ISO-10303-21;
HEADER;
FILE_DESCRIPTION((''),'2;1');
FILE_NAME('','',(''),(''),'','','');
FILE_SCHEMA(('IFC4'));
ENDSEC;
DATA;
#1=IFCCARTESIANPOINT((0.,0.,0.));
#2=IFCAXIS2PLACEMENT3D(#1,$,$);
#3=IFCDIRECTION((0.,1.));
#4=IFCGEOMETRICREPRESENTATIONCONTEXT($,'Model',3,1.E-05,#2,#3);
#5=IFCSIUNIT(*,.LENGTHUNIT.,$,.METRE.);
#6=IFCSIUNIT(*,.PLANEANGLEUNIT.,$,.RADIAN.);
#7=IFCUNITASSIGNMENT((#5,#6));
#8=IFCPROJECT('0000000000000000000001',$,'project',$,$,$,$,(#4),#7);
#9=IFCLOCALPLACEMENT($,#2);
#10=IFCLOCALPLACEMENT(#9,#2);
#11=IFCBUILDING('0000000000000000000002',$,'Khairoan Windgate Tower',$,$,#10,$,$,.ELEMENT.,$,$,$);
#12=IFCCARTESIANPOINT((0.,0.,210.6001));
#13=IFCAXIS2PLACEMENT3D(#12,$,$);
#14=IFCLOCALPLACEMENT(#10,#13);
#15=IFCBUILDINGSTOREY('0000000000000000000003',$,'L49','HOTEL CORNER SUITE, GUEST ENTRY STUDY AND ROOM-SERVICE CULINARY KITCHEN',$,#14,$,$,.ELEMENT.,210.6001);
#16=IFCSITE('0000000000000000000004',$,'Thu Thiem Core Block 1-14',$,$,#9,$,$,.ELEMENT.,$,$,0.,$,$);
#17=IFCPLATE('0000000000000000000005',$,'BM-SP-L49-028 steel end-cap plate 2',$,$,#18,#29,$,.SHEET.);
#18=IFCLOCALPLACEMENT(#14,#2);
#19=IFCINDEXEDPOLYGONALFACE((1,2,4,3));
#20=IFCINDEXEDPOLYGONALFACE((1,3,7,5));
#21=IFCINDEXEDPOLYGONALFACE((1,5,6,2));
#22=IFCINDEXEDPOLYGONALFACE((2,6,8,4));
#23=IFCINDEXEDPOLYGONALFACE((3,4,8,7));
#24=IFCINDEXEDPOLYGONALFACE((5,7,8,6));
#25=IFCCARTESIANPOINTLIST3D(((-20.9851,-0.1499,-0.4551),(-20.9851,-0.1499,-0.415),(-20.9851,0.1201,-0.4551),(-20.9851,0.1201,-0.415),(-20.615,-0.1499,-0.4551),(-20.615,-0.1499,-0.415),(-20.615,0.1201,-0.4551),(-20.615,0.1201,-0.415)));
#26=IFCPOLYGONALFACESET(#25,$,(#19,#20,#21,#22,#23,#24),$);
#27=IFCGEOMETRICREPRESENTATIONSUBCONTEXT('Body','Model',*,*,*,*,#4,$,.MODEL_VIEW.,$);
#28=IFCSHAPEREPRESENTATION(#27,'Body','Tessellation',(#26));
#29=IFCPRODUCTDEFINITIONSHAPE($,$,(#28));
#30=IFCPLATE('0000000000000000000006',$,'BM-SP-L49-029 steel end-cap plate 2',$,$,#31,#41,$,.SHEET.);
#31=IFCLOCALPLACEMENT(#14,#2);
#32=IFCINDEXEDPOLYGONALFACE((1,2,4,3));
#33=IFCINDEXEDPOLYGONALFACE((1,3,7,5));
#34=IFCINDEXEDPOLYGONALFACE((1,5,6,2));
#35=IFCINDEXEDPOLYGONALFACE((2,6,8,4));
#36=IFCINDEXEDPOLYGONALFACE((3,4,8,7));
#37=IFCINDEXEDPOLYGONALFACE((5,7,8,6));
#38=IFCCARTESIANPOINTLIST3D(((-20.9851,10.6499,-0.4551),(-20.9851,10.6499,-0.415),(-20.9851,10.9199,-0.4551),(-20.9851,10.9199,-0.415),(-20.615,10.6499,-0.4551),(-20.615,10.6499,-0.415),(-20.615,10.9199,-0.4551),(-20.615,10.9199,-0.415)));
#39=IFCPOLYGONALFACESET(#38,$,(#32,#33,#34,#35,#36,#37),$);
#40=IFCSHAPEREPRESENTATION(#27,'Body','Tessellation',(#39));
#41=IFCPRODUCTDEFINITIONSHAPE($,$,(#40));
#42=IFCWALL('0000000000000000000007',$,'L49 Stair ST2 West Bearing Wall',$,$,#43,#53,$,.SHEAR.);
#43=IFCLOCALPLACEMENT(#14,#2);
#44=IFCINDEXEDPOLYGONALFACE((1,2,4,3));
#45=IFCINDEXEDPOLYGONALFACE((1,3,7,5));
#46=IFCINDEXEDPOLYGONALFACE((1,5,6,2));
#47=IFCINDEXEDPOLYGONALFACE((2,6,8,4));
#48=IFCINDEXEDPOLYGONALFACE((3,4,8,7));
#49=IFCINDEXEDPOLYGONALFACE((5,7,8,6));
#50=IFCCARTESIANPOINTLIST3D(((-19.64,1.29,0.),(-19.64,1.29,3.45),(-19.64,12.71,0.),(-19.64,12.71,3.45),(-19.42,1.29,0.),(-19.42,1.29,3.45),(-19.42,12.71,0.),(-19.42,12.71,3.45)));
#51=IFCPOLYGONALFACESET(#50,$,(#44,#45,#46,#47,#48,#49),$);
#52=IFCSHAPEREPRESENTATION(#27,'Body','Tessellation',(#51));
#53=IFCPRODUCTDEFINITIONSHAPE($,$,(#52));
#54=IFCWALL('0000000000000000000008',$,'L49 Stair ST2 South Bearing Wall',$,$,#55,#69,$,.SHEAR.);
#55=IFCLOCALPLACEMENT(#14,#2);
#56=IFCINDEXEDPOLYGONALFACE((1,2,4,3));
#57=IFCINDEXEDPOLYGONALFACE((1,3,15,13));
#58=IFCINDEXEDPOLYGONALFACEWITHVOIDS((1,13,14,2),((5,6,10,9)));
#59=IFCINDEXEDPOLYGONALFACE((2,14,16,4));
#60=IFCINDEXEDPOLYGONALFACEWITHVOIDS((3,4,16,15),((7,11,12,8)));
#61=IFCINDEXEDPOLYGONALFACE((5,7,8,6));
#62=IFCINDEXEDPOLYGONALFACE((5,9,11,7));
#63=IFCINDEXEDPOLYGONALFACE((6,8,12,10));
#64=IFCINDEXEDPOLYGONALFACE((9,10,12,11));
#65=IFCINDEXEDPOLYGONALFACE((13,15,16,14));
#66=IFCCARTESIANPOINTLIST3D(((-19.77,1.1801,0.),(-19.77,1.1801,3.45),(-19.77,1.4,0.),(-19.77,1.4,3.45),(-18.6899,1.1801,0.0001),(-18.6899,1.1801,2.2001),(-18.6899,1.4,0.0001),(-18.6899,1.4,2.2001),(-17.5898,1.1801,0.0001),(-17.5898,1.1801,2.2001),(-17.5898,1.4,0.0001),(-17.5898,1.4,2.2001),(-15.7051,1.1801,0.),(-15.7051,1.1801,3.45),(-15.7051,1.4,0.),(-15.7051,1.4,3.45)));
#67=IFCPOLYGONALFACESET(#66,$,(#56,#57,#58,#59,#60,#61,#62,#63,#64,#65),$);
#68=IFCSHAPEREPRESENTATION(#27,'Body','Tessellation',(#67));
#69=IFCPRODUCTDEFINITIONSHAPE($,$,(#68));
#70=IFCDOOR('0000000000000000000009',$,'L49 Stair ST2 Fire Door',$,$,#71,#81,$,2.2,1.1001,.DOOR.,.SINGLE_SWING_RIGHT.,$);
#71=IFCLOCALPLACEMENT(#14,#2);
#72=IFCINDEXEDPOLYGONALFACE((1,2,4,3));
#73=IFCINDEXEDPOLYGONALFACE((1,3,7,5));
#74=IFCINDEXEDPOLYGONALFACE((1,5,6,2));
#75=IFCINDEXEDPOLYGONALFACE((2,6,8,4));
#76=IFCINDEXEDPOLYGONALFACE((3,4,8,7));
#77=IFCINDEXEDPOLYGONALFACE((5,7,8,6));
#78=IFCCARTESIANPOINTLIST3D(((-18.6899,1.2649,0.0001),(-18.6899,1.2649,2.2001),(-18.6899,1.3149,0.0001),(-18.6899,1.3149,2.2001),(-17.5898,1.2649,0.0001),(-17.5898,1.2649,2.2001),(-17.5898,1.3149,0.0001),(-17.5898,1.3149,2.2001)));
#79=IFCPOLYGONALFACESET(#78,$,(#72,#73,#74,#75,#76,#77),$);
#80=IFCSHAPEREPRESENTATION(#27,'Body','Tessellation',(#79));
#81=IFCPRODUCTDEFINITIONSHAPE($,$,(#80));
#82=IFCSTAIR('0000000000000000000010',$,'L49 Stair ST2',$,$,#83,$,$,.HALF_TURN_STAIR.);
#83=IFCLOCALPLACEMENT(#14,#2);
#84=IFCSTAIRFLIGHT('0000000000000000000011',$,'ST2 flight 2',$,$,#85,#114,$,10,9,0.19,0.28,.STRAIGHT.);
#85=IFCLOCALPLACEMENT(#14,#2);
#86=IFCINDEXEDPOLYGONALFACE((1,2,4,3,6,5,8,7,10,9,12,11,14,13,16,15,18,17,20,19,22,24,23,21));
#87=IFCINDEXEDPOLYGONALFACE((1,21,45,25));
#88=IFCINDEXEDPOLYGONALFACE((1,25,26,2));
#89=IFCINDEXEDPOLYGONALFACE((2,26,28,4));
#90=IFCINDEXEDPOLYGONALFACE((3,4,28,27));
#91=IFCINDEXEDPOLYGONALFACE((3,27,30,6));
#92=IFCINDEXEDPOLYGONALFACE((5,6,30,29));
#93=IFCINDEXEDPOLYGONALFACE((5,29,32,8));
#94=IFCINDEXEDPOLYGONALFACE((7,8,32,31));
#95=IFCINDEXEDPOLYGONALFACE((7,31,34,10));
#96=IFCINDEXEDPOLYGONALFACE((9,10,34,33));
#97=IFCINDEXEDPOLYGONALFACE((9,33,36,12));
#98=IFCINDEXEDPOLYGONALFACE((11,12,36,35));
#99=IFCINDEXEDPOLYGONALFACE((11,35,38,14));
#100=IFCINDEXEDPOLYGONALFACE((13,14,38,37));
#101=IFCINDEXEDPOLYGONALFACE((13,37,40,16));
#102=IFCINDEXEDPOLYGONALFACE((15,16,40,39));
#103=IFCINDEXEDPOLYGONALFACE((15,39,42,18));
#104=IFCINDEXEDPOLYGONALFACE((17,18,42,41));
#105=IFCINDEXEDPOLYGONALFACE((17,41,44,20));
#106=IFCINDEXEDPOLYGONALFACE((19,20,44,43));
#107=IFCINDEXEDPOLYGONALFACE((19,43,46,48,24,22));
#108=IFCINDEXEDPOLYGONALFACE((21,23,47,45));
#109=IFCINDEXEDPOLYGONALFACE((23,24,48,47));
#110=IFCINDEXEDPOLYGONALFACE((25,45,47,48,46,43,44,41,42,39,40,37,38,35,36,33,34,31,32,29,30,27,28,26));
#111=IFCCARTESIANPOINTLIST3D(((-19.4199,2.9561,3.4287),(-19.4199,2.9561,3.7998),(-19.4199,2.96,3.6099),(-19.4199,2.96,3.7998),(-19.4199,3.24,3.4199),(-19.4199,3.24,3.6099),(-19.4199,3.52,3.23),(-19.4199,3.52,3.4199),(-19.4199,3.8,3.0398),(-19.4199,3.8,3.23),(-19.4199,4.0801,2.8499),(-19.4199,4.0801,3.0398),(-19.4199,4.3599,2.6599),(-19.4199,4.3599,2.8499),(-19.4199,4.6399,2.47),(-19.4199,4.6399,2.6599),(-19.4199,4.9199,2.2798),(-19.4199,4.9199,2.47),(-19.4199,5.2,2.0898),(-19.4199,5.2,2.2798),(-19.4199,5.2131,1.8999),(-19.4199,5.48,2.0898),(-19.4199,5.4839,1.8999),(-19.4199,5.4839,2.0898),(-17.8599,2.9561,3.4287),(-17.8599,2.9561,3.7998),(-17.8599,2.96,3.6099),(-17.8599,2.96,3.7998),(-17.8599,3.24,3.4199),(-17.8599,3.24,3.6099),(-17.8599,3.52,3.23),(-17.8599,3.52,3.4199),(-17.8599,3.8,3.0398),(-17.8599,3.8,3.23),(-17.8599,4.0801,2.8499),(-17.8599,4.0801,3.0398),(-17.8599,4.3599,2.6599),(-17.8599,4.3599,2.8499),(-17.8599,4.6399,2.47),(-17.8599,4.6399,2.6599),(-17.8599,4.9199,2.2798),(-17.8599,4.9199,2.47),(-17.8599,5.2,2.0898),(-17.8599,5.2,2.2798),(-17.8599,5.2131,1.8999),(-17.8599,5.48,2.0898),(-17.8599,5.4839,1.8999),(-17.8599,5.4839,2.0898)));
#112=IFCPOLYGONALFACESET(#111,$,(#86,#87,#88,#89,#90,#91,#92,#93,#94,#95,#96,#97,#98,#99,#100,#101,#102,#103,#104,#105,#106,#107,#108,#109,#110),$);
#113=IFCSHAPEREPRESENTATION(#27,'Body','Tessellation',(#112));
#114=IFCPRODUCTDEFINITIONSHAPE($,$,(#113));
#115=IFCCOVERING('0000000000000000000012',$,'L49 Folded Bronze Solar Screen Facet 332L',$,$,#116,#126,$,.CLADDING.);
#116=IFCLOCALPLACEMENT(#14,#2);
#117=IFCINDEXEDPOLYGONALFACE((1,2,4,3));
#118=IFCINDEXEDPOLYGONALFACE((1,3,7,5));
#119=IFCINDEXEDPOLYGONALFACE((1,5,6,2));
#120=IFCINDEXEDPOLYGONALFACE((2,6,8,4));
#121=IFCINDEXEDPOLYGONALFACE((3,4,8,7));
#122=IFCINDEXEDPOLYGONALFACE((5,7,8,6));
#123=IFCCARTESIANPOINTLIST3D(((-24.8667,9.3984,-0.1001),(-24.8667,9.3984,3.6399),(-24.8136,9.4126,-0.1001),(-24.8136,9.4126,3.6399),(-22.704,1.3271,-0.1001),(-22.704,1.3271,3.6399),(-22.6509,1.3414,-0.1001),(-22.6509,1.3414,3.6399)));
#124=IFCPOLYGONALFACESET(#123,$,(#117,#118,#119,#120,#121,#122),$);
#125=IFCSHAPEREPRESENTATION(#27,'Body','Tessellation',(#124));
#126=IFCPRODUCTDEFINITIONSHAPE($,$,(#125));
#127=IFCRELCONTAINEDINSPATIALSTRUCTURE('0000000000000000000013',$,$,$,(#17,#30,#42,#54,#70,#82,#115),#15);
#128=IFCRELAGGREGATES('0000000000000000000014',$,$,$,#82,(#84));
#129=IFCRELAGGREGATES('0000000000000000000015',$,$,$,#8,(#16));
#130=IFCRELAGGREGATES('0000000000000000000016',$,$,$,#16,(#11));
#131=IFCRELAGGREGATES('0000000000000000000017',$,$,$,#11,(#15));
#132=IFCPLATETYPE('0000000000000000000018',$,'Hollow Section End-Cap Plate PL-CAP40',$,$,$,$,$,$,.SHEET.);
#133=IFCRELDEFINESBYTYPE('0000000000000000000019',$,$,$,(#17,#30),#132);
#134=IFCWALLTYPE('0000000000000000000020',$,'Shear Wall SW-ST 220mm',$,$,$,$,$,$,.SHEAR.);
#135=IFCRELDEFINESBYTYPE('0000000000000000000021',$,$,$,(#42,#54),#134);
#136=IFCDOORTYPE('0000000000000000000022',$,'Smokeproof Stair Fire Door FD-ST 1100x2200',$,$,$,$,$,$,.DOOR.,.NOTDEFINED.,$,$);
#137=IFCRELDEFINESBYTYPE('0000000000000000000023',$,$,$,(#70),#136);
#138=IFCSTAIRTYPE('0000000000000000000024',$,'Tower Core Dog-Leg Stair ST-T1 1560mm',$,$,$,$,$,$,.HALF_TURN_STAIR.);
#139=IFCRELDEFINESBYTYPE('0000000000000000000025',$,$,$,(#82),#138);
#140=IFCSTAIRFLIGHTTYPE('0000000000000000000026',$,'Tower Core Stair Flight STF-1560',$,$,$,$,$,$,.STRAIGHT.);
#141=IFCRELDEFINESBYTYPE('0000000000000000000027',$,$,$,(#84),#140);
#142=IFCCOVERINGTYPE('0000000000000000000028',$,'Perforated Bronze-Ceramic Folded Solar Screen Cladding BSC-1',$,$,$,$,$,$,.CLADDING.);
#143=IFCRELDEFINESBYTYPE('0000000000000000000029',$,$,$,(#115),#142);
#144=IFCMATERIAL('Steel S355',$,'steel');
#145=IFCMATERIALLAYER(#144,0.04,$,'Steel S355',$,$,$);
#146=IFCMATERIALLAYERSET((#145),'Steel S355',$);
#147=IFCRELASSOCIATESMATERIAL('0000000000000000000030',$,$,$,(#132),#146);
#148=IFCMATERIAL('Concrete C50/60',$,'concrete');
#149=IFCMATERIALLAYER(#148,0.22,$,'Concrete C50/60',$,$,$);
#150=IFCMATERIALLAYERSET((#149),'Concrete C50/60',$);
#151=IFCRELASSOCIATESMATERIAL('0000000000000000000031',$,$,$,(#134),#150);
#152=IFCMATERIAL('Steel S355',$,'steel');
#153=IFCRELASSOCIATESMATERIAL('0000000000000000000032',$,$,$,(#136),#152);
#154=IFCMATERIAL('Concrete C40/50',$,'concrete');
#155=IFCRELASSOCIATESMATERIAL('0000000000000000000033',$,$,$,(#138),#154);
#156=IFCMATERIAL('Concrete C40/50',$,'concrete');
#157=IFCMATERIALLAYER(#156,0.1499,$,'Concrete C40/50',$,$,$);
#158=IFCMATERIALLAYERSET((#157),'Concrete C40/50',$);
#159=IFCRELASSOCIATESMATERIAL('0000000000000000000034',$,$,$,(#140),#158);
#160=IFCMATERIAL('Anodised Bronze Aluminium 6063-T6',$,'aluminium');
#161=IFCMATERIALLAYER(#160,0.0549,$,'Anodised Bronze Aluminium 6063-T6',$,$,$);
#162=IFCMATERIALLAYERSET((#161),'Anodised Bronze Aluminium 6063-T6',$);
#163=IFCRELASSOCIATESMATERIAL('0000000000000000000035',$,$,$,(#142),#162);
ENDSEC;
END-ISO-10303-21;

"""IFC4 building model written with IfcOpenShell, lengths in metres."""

from ifc_helpers import new_model, si_unit, direction, frame, frame_2d, origin, origin_2d, place, context, subcontext, project, spatial, polyline, rectangle, outline, extrude, material, layer, layer_set, type_object, element, fill, aggregate, save


model = new_model("IFC4")

# Units and contexts
model_context = context("Model", 3, precision=1e-05, world=origin(), true_north=direction((0.0, 1.0)))
body_context = subcontext(model_context, "Body", "Model", "MODEL_VIEW")
ifc_project = project(units=[si_unit("LENGTHUNIT", "METRE"), si_unit("PLANEANGLEUNIT", "RADIAN")], contexts=[model_context])

# Site, building, storey
site_placement = place(None, origin())
site = spatial("IfcSite", under=ifc_project, at=site_placement, Name="Thu Thiem Core Block 1-14", CompositionType="ELEMENT", RefElevation=0.0)
building_placement = place(site_placement, origin())
building = spatial("IfcBuilding", under=site, at=building_placement, Name="Khairoan Windgate Tower", CompositionType="ELEMENT")
storey_placement = place(building_placement, frame((0.0, 0.0, 210.6001)))
storey = spatial("IfcBuildingStorey", under=building, at=storey_placement, Name="L49", Description="HOTEL CORNER SUITE, GUEST ENTRY STUDY AND ROOM-SERVICE CULINARY KITCHEN", CompositionType="ELEMENT", Elevation=210.6001)

# Plates
ifc_material_1 = material(Name="Steel S355", Category="steel")
ifc_layer_1 = layer(ifc_material_1, 0.04, Name="Steel S355")
ifc_layer_set_1 = layer_set([ifc_layer_1], Name="Steel S355")
plate_type = type_object("IfcPlateType", Name="Hollow Section End-Cap Plate PL-CAP40", PredefinedType="SHEET", material=ifc_layer_set_1)
for number, where, z_axis, x_axis, name in (
    (1, (-20.8, -0.0149, -0.4551), (0.0, 0.0, 1.0), (0.0, 1.0, 0.0), "BM-SP-L49-028 steel end-cap plate 2"),
    (2, (-20.8, 10.7849, -0.4551), (0.0, 0.0, 1.0), (0.0, 1.0, 0.0), "BM-SP-L49-029 steel end-cap plate 2"),
):
    element("IfcPlate", number, at=place(storey_placement, frame(where, z_axis=z_axis, x_axis=x_axis)), inside=storey, type_object=plate_type, Name=name, PredefinedType="SHEET", context=body_context, shape_type="SweptSolid", body=[
        extrude(rectangle(XDim=0.27, YDim=0.3701, at=origin_2d()), origin(), (0.0, 0.0, 1.0), 0.04),
    ])

# Wall
ifc_material_2 = material(Name="Concrete C50/60", Category="concrete")
ifc_layer_2 = layer(ifc_material_2, 0.22, Name="Concrete C50/60")
ifc_layer_set_2 = layer_set([ifc_layer_2], Name="Concrete C50/60")
wall_type = type_object("IfcWallType", Name="Shear Wall SW-ST 220mm", PredefinedType="SHEAR", material=ifc_layer_set_2)
wall_1_placement = place(storey_placement, frame((-19.53, 1.29, 0.0), z_axis=(0.0, 0.0, 1.0), x_axis=(0.0, 1.0, 0.0)))
element("IfcWall", 3, at=wall_1_placement, inside=storey, type_object=wall_type, Name="L49 Stair ST2 West Bearing Wall", PredefinedType="SHEAR", context=body_context, shape_type="SweptSolid", body=[
    extrude(rectangle(XDim=11.4199, YDim=0.22, at=frame_2d((5.71, 0.0))), origin(), (0.0, 0.0, 1.0), 3.45),
])

# Wall, opening, door
wall_2_placement = place(storey_placement, frame((-19.77, 1.29, 0.0), z_axis=(0.0, 0.0, 1.0), x_axis=(1.0, 0.0, 0.0)))
wall_2 = element("IfcWall", 4, at=wall_2_placement, inside=storey, type_object=wall_type, Name="L49 Stair ST2 South Bearing Wall", PredefinedType="SHEAR", context=body_context, shape_type="SweptSolid", body=[
    extrude(rectangle(XDim=4.0649, YDim=0.22, at=frame_2d((2.0325, 0.0))), origin(), (0.0, 0.0, 1.0), 3.45),
])
opening_placement = place(wall_2_placement, frame((1.0801, 0.0, 0.0)))
opening = element("IfcOpeningElement", 5, at=opening_placement, cuts=wall_2, PredefinedType="OPENING", context=body_context, shape_type="SweptSolid", body=[
    extrude(rectangle(XDim=1.1001, YDim=2.2, at=frame_2d((0.55, 1.1001))), frame((0.0, 0.1199, 0.0), z_axis=(0.0, -1.0, 0.0), x_axis=(1.0, 0.0, 0.0)), (0.0, 0.0, 1.0), 0.24),
])
ifc_material_3 = material(Name="Steel S355", Category="steel")
door_type = type_object("IfcDoorType", Name="Smokeproof Stair Fire Door FD-ST 1100x2200", OperationType="NOTDEFINED", PredefinedType="DOOR", material=ifc_material_3)
door_placement = place(opening_placement, origin())
door = element("IfcDoor", 6, at=door_placement, inside=storey, type_object=door_type, Name="L49 Stair ST2 Fire Door", OperationType="SINGLE_SWING_RIGHT", OverallHeight=2.2, OverallWidth=1.1001, PredefinedType="DOOR", context=body_context, shape_type="SweptSolid", body=[
    extrude(rectangle(XDim=1.1001, YDim=2.2, at=frame_2d((0.55, 1.1001))), frame((0.0, 0.0249, 0.0), z_axis=(0.0, -1.0, 0.0), x_axis=(1.0, 0.0, 0.0)), (0.0, 0.0, 1.0), 0.05),
])
fill(opening, door)

# Stair, stair flight
ifc_material_4 = material(Name="Concrete C40/50", Category="concrete")
stair_type = type_object("IfcStairType", Name="Tower Core Dog-Leg Stair ST-T1 1560mm", PredefinedType="HALF_TURN_STAIR", material=ifc_material_4)
stair_placement = place(storey_placement, origin())
stair = element("IfcStair", 7, at=stair_placement, inside=storey, type_object=stair_type, Name="L49 Stair ST2", PredefinedType="HALF_TURN_STAIR")
ifc_material_5 = material(Name="Concrete C40/50", Category="concrete")
ifc_layer_3 = layer(ifc_material_5, 0.1499, Name="Concrete C40/50")
ifc_layer_set_3 = layer_set([ifc_layer_3], Name="Concrete C40/50")
stair_flight_type = type_object("IfcStairFlightType", Name="Tower Core Stair Flight STF-1560", PredefinedType="STRAIGHT", material=ifc_layer_set_3)
stair_flight_placement = place(storey_placement, frame((-18.6399, 5.48, 1.8999), z_axis=(0.0, 0.0, 1.0), x_axis=(0.0, -1.0, 0.0)))
stair_flight = element("IfcStairFlight", 8, at=stair_flight_placement, type_object=stair_flight_type, Name="ST2 flight 2", NumberOfRisers=10, NumberOfTreads=9, PredefinedType="STRAIGHT", RiserHeight=0.19, TreadLength=0.28, context=body_context, shape_type="SweptSolid", body=[
    extrude(outline(polyline([(-0.0039, 0.0), (-0.0039, 0.1899), (0.0, 0.1899), (0.28, 0.1899), (0.28, 0.3799), (0.5601, 0.3799), (0.5601, 0.5701), (0.8401, 0.5701), (0.8401, 0.76), (1.1201, 0.76), (1.1201, 0.95), (1.3999, 0.95), (1.3999, 1.1399), (1.6799, 1.1399), (1.6799, 1.3301), (1.96, 1.3301), (1.96, 1.52), (2.24, 1.52), (2.24, 1.71), (2.52, 1.71), (2.52, 1.8999), (2.5239, 1.8999), (2.5239, 1.5288), (0.2668, 0.0), (-0.0039, 0.0)])), frame((0.0, 0.78, 0.0), z_axis=(0.0, -1.0, 0.0), x_axis=(1.0, 0.0, 0.0)), (0.0, 0.0, 1.0), 1.5601),
])
aggregate(stair, [stair_flight])

# Covering
ifc_material_6 = material(Name="Anodised Bronze Aluminium 6063-T6", Category="aluminium")
ifc_layer_4 = layer(ifc_material_6, 0.0549, Name="Anodised Bronze Aluminium 6063-T6")
ifc_layer_set_4 = layer_set([ifc_layer_4], Name="Anodised Bronze Aluminium 6063-T6")
covering_type = type_object("IfcCoveringType", Name="Perforated Bronze-Ceramic Folded Solar Screen Cladding BSC-1", PredefinedType="CLADDING", material=ifc_layer_set_4)
covering_placement = place(storey_placement, frame((-23.7588, 5.3699, -0.1001), z_axis=(0.0, 0.0, 1.0), x_axis=(-0.258819, 0.965926, 0.0)))
element("IfcCovering", 9, at=covering_placement, inside=storey, type_object=covering_type, Name="L49 Folded Bronze Solar Screen Facet 332L", PredefinedType="CLADDING", context=body_context, shape_type="SweptSolid", body=[
    extrude(rectangle(XDim=8.356, YDim=0.0549, at=origin_2d()), origin(), (0.0, 0.0, 1.0), 3.74),
])

save(model, "model.ifc")
